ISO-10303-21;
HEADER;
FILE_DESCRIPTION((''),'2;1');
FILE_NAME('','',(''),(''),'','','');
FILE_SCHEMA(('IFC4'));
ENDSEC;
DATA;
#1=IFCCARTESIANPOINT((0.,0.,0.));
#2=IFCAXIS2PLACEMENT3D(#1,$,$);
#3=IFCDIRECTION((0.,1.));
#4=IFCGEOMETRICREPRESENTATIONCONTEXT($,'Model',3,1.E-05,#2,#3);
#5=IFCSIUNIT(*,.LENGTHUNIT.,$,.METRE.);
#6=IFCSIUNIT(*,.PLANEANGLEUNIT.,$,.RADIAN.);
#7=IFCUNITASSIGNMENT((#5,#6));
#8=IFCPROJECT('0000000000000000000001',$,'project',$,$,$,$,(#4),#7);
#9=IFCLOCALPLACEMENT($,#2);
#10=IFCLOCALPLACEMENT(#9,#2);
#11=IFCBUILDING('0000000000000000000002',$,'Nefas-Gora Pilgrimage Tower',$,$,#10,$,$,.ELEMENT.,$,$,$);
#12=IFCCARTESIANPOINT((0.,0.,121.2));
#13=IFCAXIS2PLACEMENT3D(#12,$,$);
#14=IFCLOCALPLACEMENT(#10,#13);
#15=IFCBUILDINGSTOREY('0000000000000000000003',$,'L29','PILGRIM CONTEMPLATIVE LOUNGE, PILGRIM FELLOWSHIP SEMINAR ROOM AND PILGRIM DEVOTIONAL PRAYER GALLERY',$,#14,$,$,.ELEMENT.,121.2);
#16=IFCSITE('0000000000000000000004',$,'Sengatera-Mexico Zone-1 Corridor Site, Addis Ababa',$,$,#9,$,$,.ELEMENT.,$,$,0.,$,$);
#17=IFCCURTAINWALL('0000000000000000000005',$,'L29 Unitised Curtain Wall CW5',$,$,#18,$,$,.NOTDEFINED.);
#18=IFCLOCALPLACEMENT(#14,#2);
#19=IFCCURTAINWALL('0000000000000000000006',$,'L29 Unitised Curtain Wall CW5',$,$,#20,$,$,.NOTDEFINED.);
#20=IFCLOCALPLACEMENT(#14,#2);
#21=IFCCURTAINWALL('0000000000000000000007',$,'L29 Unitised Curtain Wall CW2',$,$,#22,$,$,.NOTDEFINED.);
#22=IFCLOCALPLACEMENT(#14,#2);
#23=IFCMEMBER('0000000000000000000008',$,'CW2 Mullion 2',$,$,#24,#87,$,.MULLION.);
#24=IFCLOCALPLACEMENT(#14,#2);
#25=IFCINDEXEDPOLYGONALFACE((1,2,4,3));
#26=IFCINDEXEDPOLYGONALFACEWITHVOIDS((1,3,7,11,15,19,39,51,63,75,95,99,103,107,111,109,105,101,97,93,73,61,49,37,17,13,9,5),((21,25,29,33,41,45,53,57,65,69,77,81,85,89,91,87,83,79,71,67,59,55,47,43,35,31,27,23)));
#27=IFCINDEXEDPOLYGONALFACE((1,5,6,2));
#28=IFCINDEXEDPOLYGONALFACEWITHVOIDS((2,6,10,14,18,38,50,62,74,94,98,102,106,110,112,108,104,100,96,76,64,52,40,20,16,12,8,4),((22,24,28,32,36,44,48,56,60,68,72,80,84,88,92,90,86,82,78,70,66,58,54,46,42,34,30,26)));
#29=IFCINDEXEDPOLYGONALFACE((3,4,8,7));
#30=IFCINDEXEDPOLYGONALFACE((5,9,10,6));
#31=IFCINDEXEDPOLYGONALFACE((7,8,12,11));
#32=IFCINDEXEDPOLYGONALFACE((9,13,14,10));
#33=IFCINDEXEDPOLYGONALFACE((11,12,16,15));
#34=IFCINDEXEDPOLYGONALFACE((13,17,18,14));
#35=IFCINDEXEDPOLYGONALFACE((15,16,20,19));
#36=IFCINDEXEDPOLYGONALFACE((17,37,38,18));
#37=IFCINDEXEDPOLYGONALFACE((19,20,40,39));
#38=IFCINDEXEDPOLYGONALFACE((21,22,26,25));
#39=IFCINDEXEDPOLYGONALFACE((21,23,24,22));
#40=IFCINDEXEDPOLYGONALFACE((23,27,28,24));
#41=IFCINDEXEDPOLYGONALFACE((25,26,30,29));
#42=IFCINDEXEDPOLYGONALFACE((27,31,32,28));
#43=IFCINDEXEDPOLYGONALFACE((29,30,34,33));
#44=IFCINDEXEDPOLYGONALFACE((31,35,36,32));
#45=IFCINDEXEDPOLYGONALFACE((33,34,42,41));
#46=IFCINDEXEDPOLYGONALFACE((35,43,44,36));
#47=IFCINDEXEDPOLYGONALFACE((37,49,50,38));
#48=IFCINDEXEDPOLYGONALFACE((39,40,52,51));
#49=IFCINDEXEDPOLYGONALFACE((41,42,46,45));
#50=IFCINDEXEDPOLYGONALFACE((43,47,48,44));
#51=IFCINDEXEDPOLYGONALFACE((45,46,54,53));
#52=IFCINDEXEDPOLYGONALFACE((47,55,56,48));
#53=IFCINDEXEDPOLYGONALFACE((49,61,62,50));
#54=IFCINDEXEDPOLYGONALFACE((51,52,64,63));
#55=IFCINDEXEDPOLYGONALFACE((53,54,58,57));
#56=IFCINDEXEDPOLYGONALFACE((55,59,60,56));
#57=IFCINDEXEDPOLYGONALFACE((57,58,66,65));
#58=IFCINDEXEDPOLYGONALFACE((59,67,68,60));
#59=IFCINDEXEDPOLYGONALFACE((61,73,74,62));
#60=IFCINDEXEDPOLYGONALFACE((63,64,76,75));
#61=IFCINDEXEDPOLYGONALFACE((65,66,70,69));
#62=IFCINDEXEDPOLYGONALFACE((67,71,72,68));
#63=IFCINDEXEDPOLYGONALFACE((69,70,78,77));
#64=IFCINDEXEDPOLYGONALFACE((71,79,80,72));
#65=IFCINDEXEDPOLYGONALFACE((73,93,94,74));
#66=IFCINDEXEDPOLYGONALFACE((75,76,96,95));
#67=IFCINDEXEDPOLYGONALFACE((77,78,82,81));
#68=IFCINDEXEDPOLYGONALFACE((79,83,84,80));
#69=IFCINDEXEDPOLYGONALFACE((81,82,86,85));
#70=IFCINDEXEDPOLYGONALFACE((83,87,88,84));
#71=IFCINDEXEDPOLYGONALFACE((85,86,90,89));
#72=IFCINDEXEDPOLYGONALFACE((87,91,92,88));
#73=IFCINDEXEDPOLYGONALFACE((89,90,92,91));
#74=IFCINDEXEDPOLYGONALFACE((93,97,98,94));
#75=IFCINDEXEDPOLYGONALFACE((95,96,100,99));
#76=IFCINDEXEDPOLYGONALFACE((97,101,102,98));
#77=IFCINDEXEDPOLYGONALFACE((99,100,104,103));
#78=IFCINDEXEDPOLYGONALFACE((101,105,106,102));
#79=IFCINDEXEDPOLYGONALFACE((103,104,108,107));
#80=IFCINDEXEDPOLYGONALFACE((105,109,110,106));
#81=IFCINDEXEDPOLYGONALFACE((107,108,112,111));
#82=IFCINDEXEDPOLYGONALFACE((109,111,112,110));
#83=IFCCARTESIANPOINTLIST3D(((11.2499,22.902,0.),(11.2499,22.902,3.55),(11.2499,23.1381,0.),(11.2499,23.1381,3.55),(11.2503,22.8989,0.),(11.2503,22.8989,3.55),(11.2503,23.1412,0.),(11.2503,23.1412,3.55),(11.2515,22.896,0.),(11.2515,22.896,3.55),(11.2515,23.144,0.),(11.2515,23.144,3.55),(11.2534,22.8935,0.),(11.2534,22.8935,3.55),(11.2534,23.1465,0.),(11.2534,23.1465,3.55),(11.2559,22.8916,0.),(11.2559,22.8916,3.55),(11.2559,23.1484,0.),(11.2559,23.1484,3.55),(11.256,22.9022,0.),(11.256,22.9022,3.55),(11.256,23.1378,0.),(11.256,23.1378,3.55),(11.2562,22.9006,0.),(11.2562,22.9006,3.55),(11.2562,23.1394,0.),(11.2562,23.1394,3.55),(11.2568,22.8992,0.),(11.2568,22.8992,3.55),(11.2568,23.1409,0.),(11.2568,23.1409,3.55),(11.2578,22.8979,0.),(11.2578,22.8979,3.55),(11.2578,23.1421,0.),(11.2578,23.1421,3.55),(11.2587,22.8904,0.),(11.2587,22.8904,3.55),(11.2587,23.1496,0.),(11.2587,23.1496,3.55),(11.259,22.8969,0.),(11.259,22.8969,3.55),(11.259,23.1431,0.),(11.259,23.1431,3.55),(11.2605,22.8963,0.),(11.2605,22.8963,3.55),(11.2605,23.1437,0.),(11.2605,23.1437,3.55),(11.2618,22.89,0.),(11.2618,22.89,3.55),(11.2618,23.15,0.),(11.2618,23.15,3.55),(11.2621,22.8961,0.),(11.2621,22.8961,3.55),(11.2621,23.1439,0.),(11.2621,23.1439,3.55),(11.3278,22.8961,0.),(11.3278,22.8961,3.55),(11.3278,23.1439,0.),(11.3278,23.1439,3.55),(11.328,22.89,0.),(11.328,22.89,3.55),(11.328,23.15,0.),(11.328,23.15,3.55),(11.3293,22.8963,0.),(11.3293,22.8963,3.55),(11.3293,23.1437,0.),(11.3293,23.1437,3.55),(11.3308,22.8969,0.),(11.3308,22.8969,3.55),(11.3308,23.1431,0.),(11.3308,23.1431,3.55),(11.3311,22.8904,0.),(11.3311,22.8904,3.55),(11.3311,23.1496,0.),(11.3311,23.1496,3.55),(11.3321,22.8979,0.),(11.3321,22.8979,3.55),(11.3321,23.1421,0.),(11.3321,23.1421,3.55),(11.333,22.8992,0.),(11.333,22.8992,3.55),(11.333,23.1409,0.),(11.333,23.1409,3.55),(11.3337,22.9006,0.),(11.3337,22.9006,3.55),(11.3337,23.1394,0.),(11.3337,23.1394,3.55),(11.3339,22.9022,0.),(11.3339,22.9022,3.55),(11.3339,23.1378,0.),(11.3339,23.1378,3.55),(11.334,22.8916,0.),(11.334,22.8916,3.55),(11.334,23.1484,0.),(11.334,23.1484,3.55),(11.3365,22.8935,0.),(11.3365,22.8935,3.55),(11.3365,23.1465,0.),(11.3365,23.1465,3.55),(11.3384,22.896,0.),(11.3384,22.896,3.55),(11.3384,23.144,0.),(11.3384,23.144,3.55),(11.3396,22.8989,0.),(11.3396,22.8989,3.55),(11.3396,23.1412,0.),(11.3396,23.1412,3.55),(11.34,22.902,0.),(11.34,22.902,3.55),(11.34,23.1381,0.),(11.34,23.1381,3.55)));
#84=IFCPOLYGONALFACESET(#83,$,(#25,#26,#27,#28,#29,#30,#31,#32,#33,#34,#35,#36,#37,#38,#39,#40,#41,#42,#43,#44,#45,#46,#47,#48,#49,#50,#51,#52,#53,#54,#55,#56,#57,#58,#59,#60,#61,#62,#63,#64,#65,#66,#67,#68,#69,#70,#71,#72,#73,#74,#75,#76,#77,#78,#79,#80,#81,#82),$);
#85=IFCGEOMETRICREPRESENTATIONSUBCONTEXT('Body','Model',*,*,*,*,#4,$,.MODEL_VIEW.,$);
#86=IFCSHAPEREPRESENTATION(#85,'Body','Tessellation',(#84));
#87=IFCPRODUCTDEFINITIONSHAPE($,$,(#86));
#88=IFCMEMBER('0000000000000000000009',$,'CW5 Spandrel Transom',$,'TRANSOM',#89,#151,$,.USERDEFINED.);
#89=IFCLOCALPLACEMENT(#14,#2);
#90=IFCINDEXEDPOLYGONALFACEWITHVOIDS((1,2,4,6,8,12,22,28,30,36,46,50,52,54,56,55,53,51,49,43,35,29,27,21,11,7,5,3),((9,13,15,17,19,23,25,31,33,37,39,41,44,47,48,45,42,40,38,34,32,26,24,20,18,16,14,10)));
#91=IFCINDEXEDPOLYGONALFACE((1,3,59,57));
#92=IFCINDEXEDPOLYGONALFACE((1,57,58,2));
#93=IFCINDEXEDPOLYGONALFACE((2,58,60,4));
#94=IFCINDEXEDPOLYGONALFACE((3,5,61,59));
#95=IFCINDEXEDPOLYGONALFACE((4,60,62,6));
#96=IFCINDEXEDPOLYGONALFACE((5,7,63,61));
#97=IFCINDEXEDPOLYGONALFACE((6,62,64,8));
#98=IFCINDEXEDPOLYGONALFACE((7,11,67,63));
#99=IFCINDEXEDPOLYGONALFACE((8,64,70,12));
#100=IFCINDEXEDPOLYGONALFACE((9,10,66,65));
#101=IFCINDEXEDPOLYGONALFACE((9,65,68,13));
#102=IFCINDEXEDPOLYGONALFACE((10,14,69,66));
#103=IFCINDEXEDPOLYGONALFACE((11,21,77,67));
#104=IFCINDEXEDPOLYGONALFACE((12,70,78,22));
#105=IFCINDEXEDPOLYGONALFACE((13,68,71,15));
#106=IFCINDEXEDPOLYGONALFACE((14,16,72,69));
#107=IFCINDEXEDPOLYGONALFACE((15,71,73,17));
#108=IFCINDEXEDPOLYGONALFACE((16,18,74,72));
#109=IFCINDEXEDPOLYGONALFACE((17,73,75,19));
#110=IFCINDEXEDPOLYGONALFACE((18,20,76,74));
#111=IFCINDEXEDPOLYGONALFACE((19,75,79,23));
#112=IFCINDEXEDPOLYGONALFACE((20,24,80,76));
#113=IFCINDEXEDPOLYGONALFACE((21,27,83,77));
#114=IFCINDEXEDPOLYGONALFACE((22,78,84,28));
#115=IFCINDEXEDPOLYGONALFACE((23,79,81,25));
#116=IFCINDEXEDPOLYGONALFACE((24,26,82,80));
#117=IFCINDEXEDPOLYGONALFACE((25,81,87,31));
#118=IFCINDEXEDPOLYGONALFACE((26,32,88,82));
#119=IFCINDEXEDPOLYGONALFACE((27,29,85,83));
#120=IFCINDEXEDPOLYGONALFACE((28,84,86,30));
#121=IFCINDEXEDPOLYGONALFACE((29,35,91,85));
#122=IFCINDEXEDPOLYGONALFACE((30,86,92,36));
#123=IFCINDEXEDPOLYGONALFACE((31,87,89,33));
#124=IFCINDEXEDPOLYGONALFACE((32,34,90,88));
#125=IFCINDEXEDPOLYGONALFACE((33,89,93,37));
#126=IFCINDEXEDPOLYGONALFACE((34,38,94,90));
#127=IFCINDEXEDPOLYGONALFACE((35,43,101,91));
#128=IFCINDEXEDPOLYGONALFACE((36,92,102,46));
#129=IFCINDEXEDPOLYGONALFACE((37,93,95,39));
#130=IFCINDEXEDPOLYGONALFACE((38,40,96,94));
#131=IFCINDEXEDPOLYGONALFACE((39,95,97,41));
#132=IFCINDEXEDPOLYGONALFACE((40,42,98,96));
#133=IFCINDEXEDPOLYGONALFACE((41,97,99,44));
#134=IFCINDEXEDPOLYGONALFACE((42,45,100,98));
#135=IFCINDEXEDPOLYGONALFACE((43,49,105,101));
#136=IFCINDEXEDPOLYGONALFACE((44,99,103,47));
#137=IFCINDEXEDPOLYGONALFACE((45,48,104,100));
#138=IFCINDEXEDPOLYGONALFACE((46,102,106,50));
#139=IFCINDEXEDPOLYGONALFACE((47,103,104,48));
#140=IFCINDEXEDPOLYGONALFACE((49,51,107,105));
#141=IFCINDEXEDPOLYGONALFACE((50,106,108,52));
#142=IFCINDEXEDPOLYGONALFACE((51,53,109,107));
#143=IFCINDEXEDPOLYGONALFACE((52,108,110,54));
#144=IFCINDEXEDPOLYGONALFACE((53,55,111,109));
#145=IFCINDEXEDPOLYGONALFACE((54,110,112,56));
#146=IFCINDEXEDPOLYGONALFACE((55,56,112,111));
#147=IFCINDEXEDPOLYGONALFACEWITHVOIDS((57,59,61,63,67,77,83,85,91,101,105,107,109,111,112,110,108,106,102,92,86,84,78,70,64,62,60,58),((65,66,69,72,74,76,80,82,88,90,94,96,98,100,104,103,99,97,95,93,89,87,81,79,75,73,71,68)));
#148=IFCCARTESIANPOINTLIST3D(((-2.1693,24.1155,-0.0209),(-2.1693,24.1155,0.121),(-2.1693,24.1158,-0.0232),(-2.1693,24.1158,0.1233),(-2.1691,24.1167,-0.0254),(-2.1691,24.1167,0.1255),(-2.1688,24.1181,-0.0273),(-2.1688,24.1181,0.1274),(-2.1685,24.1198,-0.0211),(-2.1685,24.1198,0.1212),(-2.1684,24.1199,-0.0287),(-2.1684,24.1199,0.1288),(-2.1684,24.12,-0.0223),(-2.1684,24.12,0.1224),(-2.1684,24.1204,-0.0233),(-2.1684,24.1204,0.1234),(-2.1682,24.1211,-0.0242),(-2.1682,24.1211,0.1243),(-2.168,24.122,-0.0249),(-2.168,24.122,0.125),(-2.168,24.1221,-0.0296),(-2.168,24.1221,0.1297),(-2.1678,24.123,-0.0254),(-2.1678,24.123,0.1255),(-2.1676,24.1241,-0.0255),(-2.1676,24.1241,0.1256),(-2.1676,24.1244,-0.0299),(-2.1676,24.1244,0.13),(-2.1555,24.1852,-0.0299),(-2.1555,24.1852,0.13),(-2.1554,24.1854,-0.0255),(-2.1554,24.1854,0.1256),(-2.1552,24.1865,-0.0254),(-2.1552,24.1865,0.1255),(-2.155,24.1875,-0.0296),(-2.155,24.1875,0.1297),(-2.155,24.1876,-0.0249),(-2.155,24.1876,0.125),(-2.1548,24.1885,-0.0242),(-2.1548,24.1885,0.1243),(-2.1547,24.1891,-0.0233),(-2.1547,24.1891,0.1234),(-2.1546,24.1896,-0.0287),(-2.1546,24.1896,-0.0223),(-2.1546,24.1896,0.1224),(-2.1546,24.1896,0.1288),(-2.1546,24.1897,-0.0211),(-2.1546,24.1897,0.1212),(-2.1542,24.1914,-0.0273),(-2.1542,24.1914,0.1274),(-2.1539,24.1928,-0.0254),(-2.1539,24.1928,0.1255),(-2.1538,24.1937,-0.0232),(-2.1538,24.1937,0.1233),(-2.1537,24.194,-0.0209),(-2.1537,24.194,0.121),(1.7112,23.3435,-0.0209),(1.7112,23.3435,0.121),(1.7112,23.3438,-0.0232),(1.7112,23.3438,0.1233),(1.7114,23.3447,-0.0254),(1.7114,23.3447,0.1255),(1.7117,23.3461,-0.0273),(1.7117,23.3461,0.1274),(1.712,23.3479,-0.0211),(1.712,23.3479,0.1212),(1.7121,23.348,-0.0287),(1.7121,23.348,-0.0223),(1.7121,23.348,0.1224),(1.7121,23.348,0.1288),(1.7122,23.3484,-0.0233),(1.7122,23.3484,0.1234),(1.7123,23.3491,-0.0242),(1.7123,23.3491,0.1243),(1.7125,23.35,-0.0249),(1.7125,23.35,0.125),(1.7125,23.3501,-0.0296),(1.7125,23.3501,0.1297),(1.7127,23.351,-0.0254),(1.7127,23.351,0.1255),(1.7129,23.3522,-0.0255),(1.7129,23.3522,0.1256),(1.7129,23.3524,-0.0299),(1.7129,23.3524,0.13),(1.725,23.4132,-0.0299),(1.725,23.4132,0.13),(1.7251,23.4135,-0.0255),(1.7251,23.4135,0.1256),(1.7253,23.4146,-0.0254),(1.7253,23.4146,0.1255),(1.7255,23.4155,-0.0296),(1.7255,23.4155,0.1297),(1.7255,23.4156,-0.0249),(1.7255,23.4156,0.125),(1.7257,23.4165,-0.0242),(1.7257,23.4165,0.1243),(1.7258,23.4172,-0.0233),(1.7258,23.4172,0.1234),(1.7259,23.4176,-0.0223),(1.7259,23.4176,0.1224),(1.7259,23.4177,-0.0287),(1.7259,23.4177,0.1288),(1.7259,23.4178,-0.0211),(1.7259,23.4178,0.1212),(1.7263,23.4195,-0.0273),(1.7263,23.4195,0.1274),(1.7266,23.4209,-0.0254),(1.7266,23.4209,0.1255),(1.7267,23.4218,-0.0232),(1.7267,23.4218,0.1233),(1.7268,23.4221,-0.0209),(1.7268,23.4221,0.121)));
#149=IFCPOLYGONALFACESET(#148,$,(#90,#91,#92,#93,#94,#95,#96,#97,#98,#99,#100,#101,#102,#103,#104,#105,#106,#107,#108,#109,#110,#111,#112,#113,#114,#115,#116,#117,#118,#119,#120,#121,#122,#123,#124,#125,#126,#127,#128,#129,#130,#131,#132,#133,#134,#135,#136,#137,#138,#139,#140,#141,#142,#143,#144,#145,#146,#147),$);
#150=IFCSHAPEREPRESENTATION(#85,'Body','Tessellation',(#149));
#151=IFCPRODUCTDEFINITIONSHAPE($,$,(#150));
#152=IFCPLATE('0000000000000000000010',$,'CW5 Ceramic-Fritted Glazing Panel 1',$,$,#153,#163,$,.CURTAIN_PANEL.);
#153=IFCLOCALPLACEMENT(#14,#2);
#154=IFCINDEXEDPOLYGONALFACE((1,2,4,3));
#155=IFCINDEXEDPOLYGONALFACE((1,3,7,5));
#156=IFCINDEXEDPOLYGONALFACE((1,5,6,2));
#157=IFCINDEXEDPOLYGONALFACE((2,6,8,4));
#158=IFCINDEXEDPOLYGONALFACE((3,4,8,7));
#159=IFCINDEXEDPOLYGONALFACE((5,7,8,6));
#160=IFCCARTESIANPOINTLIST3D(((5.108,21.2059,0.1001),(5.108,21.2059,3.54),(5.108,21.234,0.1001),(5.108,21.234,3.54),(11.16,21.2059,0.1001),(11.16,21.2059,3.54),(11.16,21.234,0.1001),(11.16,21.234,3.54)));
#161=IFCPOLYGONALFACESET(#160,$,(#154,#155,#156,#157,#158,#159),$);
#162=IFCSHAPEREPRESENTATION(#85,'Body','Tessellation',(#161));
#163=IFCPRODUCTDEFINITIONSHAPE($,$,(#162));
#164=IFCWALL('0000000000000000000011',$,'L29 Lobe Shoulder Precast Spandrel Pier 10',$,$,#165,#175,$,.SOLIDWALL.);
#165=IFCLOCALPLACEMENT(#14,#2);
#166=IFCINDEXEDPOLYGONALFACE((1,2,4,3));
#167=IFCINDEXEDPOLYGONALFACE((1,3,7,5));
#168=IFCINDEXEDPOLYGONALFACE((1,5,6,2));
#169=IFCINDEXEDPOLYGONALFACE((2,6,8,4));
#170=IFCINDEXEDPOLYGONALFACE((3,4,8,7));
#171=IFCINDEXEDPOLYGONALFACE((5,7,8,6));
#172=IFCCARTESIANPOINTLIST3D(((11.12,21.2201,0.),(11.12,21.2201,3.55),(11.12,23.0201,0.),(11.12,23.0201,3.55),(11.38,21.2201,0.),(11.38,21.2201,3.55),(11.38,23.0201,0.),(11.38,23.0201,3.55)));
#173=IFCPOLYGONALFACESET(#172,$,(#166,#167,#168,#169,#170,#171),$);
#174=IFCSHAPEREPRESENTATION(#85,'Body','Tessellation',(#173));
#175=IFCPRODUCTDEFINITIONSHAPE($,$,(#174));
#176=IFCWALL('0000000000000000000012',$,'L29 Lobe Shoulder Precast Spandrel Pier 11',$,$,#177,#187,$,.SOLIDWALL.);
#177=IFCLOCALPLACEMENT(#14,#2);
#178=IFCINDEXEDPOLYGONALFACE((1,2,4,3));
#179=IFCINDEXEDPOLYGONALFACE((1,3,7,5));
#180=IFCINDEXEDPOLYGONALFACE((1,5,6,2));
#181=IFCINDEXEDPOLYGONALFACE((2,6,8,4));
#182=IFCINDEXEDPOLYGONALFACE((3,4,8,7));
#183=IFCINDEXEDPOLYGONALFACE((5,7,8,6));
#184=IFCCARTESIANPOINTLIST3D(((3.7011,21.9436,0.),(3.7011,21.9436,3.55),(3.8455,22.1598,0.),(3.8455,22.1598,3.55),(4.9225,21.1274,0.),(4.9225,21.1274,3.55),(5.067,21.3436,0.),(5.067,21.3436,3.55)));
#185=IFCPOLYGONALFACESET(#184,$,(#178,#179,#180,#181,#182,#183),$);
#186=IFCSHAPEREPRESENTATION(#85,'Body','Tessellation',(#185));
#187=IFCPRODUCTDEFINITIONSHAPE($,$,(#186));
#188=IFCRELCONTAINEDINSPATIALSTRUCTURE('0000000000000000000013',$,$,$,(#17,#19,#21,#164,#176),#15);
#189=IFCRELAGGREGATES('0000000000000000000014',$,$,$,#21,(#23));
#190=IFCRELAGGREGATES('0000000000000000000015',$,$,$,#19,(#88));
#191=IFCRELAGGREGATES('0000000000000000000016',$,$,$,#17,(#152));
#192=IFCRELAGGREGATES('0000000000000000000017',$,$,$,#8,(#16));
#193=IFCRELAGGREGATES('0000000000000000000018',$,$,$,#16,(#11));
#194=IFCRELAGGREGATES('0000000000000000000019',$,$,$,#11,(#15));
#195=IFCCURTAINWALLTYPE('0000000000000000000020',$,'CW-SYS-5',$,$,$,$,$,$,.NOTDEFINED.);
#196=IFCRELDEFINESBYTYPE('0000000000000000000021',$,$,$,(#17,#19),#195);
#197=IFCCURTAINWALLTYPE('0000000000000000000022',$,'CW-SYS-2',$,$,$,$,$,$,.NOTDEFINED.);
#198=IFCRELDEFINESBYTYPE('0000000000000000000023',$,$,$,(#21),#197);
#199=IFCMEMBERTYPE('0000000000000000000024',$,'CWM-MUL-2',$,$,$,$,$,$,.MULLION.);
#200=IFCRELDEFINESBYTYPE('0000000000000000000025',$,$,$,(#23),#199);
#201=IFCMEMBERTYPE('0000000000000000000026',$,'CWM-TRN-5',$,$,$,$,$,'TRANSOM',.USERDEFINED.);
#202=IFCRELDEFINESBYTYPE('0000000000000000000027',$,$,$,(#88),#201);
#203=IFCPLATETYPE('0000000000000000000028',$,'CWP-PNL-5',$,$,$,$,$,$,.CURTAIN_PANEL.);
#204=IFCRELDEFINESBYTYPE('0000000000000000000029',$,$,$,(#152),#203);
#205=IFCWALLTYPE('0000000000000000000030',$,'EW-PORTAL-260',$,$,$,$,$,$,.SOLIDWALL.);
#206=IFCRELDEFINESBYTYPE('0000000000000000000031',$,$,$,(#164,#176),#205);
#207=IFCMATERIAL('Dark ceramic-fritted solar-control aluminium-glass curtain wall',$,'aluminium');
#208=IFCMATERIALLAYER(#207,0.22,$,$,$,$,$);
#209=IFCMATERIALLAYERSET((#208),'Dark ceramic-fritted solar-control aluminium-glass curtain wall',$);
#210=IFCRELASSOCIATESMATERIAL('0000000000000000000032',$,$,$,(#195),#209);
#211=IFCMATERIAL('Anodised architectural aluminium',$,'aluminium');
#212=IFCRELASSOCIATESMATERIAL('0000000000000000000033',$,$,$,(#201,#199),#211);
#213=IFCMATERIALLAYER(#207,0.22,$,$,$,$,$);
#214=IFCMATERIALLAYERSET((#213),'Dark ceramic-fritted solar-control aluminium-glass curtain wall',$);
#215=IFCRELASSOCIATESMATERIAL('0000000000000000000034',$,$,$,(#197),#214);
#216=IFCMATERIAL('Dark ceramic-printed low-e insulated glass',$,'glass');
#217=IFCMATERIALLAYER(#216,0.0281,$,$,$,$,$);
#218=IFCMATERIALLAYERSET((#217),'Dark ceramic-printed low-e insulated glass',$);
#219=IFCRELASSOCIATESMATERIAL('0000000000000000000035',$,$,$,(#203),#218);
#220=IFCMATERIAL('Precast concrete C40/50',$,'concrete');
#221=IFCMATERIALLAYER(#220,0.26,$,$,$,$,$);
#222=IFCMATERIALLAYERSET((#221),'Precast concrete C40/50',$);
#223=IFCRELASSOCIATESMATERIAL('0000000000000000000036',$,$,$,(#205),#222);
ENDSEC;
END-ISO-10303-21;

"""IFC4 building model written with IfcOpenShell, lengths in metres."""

from ifc_helpers import new_model, si_unit, direction, frame, frame_2d, origin, origin_2d, place, context, subcontext, project, spatial, rectangle, hollow_rectangle, extrude, source, transform, mapped, material, layer, layer_set, material_profile, profile_set, type_object, element, aggregate, save


model = new_model("IFC4")

# Units and contexts
model_context = context("Model", 3, precision=1e-05, world=origin(), true_north=direction((0.0, 1.0)))
body_context = subcontext(model_context, "Body", "Model", "MODEL_VIEW")
ifc_project = project(units=[si_unit("LENGTHUNIT", "METRE"), si_unit("PLANEANGLEUNIT", "RADIAN")], contexts=[model_context])

# Site, building, storey
site_placement = place(None, origin())
site = spatial("IfcSite", under=ifc_project, at=site_placement, Name="Sengatera-Mexico Zone-1 Corridor Site, Addis Ababa", CompositionType="ELEMENT", RefElevation=0.0)
building_placement = place(site_placement, origin())
building = spatial("IfcBuilding", under=site, at=building_placement, Name="Nefas-Gora Pilgrimage Tower", CompositionType="ELEMENT")
storey_placement = place(building_placement, frame((0.0, 0.0, 121.2)))
storey = spatial("IfcBuildingStorey", under=building, at=storey_placement, Name="L29", Description="PILGRIM CONTEMPLATIVE LOUNGE, PILGRIM FELLOWSHIP SEMINAR ROOM AND PILGRIM DEVOTIONAL PRAYER GALLERY", CompositionType="ELEMENT", Elevation=121.2)

# Curtain wall
ifc_material_1 = material(Name="Dark ceramic-fritted solar-control aluminium-glass curtain wall", Category="aluminium")
ifc_layer_1 = layer(ifc_material_1, 0.22)
ifc_layer_set_1 = layer_set([ifc_layer_1], Name="Dark ceramic-fritted solar-control aluminium-glass curtain wall")
curtain_wall_type_1 = type_object("IfcCurtainWallType", Name="CW-SYS-5", PredefinedType="NOTDEFINED", material=ifc_layer_set_1)
curtain_wall_1_placement = place(storey_placement, origin())
curtain_wall_1 = element("IfcCurtainWall", 1, at=curtain_wall_1_placement, inside=storey, type_object=curtain_wall_type_1, Name="L29 Unitised Curtain Wall CW5", PredefinedType="NOTDEFINED")
ifc_material_2 = material(Name="Anodised architectural aluminium", Category="aluminium")

# Curtain wall
curtain_wall_2_placement = place(storey_placement, origin())
curtain_wall_2 = element("IfcCurtainWall", 2, at=curtain_wall_2_placement, inside=storey, type_object=curtain_wall_type_1, Name="L29 Unitised Curtain Wall CW5", PredefinedType="NOTDEFINED")

# Shared definitions
ifc_material_profile_1 = material_profile(ifc_material_2, hollow_rectangle(XDim=0.0801, YDim=0.1599, WallThickness=0.0044, InnerFilletRadius=0.0044, OuterFilletRadius=0.009, at=origin_2d()), Name="ALU TRANSOM 80x160")
ifc_profile_set_1 = profile_set([ifc_material_profile_1], Name="Anodised architectural aluminium")
member_type_1 = type_object("IfcMemberType", Name="CWM-TRN-5", ElementType="TRANSOM", PredefinedType="USERDEFINED", material=ifc_profile_set_1)

# Curtain wall, member
ifc_layer_2 = layer(ifc_material_1, 0.22)
ifc_layer_set_2 = layer_set([ifc_layer_2], Name="Dark ceramic-fritted solar-control aluminium-glass curtain wall")
curtain_wall_type_2 = type_object("IfcCurtainWallType", Name="CW-SYS-2", PredefinedType="NOTDEFINED", material=ifc_layer_set_2)
curtain_wall_3_placement = place(storey_placement, origin())
curtain_wall_3 = element("IfcCurtainWall", 3, at=curtain_wall_3_placement, inside=storey, type_object=curtain_wall_type_2, Name="L29 Unitised Curtain Wall CW2", PredefinedType="NOTDEFINED")
ifc_material_profile_2 = material_profile(ifc_material_2, hollow_rectangle(XDim=0.0901, YDim=0.26, WallThickness=0.0061, InnerFilletRadius=0.0061, OuterFilletRadius=0.012, at=origin_2d()), Name="ALU MULLION 90x260")
ifc_profile_set_2 = profile_set([ifc_material_profile_2], Name="Anodised architectural aluminium")
member_type_2 = type_object("IfcMemberType", Name="CWM-MUL-2", PredefinedType="MULLION", material=ifc_profile_set_2)
shared_shape_1 = source(origin(), body_context, "Body", "SweptSolid", [
    extrude(hollow_rectangle(XDim=0.0901, YDim=0.26, WallThickness=0.0061, InnerFilletRadius=0.0061, OuterFilletRadius=0.012, at=origin_2d()), origin(), (0.0, 0.0, 1.0), 3.55),
])
member_1_placement = place(storey_placement, frame((11.2949, 23.02, 0.0), z_axis=(0.0, 0.0, 1.0), x_axis=(-1.0, 0.0, 0.0)))
member_1 = element("IfcMember", 4, at=member_1_placement, type_object=member_type_2, Name="CW2 Mullion 2", PredefinedType="MULLION", context=body_context, shape_type="MappedRepresentation", body=[
    mapped(shared_shape_1, transform((0.0, 0.0, 0.0), x_axis=(1.0, 0.0, 0.0), y_axis=(0.0, 1.0, 0.0), z_axis=(0.0, 0.0, 1.0), scale=1.0)),
])
aggregate(curtain_wall_3, [member_1])

# Member
shared_shape_2 = source(origin(), body_context, "Body", "SweptSolid", [
    extrude(hollow_rectangle(XDim=0.0801, YDim=0.1599, WallThickness=0.0044, InnerFilletRadius=0.0044, OuterFilletRadius=0.009, at=origin_2d()), origin(), (0.0, 0.0, 1.0), 3.9565),
])
member_2_placement = place(storey_placement, frame((1.719, 23.3828, 0.05), z_axis=(-0.980782, 0.195107, 0.0), x_axis=(-0.195107, -0.980782, 0.0)))
member_2 = element("IfcMember", 5, at=member_2_placement, type_object=member_type_1, Name="CW5 Spandrel Transom", ObjectType="TRANSOM", PredefinedType="USERDEFINED", context=body_context, shape_type="MappedRepresentation", body=[
    mapped(shared_shape_2, transform((0.0, 0.0, 0.0), x_axis=(1.0, 0.0, 0.0), y_axis=(0.0, 1.0, 0.0), z_axis=(0.0, 0.0, 1.0), scale=1.0)),
])
aggregate(curtain_wall_2, [member_2])

# Plate
ifc_material_3 = material(Name="Dark ceramic-printed low-e insulated glass", Category="glass")
ifc_layer_3 = layer(ifc_material_3, 0.0281)
ifc_layer_set_3 = layer_set([ifc_layer_3], Name="Dark ceramic-printed low-e insulated glass")
plate_type = type_object("IfcPlateType", Name="CWP-PNL-5", PredefinedType="CURTAIN_PANEL", material=ifc_layer_set_3)
shared_shape_3 = source(origin(), body_context, "Body", "SweptSolid", [
    extrude(rectangle(XDim=6.052, YDim=0.0281, at=origin_2d()), origin(), (0.0, 0.0, 1.0), 3.4399),
])
plate_placement = place(storey_placement, frame((8.134, 21.22, 0.1001), z_axis=(0.0, 0.0, 1.0), x_axis=(-1.0, 0.0, 0.0)))
plate = element("IfcPlate", 6, at=plate_placement, type_object=plate_type, Name="CW5 Ceramic-Fritted Glazing Panel 1", PredefinedType="CURTAIN_PANEL", context=body_context, shape_type="MappedRepresentation", body=[
    mapped(shared_shape_3, transform((0.0, 0.0, 0.0), x_axis=(1.0, 0.0, 0.0), y_axis=(0.0, 1.0, 0.0), z_axis=(0.0, 0.0, 1.0), scale=1.0)),
])
aggregate(curtain_wall_1, [plate])

# Walls
ifc_material_4 = material(Name="Precast concrete C40/50", Category="concrete")
ifc_layer_4 = layer(ifc_material_4, 0.26)
ifc_layer_set_4 = layer_set([ifc_layer_4], Name="Precast concrete C40/50")
wall_type_1 = type_object("IfcWallType", Name="EW-PORTAL-260", PredefinedType="SOLIDWALL", material=ifc_layer_set_4)
shared_shape_4 = source(origin(), body_context, "Body", "SweptSolid", [
    extrude(rectangle(XDim=1.8, YDim=0.26, at=frame_2d((0.8999, 0.0))), origin(), (0.0, 0.0, 1.0), 3.55),
])
wall_1_placement = place(storey_placement, frame((11.25, 23.02, 0.0), z_axis=(0.0, 0.0, 1.0), x_axis=(0.0, -1.0, 0.0)))
element("IfcWall", 7, at=wall_1_placement, inside=storey, type_object=wall_type_1, Name="L29 Lobe Shoulder Precast Spandrel Pier 10", PredefinedType="SOLIDWALL", context=body_context, shape_type="MappedRepresentation", body=[
    mapped(shared_shape_4, transform((0.0, 0.0, 0.0), x_axis=(1.0, 0.0, 0.0), y_axis=(0.0, 1.0, 0.0), z_axis=(0.0, 0.0, 1.0), scale=1.0)),
])
shared_shape_5 = source(origin(), body_context, "Body", "SweptSolid", [
    extrude(rectangle(XDim=1.469, YDim=0.26, at=frame_2d((0.7344, 0.0))), origin(), (0.0, 0.0, 1.0), 3.55),
])
wall_2_placement = place(storey_placement, frame((4.9946, 21.2356, 0.0), z_axis=(0.0, 0.0, 1.0), x_axis=(-0.831462, 0.555582, 0.0)))
element("IfcWall", 8, at=wall_2_placement, inside=storey, type_object=wall_type_1, Name="L29 Lobe Shoulder Precast Spandrel Pier 11", PredefinedType="SOLIDWALL", context=body_context, shape_type="MappedRepresentation", body=[
    mapped(shared_shape_5, transform((0.0, 0.0, 0.0), x_axis=(1.0, 0.0, 0.0), y_axis=(0.0, 1.0, 0.0), z_axis=(0.0, 0.0, 1.0), scale=1.0)),
])

save(model, "model.ifc")
